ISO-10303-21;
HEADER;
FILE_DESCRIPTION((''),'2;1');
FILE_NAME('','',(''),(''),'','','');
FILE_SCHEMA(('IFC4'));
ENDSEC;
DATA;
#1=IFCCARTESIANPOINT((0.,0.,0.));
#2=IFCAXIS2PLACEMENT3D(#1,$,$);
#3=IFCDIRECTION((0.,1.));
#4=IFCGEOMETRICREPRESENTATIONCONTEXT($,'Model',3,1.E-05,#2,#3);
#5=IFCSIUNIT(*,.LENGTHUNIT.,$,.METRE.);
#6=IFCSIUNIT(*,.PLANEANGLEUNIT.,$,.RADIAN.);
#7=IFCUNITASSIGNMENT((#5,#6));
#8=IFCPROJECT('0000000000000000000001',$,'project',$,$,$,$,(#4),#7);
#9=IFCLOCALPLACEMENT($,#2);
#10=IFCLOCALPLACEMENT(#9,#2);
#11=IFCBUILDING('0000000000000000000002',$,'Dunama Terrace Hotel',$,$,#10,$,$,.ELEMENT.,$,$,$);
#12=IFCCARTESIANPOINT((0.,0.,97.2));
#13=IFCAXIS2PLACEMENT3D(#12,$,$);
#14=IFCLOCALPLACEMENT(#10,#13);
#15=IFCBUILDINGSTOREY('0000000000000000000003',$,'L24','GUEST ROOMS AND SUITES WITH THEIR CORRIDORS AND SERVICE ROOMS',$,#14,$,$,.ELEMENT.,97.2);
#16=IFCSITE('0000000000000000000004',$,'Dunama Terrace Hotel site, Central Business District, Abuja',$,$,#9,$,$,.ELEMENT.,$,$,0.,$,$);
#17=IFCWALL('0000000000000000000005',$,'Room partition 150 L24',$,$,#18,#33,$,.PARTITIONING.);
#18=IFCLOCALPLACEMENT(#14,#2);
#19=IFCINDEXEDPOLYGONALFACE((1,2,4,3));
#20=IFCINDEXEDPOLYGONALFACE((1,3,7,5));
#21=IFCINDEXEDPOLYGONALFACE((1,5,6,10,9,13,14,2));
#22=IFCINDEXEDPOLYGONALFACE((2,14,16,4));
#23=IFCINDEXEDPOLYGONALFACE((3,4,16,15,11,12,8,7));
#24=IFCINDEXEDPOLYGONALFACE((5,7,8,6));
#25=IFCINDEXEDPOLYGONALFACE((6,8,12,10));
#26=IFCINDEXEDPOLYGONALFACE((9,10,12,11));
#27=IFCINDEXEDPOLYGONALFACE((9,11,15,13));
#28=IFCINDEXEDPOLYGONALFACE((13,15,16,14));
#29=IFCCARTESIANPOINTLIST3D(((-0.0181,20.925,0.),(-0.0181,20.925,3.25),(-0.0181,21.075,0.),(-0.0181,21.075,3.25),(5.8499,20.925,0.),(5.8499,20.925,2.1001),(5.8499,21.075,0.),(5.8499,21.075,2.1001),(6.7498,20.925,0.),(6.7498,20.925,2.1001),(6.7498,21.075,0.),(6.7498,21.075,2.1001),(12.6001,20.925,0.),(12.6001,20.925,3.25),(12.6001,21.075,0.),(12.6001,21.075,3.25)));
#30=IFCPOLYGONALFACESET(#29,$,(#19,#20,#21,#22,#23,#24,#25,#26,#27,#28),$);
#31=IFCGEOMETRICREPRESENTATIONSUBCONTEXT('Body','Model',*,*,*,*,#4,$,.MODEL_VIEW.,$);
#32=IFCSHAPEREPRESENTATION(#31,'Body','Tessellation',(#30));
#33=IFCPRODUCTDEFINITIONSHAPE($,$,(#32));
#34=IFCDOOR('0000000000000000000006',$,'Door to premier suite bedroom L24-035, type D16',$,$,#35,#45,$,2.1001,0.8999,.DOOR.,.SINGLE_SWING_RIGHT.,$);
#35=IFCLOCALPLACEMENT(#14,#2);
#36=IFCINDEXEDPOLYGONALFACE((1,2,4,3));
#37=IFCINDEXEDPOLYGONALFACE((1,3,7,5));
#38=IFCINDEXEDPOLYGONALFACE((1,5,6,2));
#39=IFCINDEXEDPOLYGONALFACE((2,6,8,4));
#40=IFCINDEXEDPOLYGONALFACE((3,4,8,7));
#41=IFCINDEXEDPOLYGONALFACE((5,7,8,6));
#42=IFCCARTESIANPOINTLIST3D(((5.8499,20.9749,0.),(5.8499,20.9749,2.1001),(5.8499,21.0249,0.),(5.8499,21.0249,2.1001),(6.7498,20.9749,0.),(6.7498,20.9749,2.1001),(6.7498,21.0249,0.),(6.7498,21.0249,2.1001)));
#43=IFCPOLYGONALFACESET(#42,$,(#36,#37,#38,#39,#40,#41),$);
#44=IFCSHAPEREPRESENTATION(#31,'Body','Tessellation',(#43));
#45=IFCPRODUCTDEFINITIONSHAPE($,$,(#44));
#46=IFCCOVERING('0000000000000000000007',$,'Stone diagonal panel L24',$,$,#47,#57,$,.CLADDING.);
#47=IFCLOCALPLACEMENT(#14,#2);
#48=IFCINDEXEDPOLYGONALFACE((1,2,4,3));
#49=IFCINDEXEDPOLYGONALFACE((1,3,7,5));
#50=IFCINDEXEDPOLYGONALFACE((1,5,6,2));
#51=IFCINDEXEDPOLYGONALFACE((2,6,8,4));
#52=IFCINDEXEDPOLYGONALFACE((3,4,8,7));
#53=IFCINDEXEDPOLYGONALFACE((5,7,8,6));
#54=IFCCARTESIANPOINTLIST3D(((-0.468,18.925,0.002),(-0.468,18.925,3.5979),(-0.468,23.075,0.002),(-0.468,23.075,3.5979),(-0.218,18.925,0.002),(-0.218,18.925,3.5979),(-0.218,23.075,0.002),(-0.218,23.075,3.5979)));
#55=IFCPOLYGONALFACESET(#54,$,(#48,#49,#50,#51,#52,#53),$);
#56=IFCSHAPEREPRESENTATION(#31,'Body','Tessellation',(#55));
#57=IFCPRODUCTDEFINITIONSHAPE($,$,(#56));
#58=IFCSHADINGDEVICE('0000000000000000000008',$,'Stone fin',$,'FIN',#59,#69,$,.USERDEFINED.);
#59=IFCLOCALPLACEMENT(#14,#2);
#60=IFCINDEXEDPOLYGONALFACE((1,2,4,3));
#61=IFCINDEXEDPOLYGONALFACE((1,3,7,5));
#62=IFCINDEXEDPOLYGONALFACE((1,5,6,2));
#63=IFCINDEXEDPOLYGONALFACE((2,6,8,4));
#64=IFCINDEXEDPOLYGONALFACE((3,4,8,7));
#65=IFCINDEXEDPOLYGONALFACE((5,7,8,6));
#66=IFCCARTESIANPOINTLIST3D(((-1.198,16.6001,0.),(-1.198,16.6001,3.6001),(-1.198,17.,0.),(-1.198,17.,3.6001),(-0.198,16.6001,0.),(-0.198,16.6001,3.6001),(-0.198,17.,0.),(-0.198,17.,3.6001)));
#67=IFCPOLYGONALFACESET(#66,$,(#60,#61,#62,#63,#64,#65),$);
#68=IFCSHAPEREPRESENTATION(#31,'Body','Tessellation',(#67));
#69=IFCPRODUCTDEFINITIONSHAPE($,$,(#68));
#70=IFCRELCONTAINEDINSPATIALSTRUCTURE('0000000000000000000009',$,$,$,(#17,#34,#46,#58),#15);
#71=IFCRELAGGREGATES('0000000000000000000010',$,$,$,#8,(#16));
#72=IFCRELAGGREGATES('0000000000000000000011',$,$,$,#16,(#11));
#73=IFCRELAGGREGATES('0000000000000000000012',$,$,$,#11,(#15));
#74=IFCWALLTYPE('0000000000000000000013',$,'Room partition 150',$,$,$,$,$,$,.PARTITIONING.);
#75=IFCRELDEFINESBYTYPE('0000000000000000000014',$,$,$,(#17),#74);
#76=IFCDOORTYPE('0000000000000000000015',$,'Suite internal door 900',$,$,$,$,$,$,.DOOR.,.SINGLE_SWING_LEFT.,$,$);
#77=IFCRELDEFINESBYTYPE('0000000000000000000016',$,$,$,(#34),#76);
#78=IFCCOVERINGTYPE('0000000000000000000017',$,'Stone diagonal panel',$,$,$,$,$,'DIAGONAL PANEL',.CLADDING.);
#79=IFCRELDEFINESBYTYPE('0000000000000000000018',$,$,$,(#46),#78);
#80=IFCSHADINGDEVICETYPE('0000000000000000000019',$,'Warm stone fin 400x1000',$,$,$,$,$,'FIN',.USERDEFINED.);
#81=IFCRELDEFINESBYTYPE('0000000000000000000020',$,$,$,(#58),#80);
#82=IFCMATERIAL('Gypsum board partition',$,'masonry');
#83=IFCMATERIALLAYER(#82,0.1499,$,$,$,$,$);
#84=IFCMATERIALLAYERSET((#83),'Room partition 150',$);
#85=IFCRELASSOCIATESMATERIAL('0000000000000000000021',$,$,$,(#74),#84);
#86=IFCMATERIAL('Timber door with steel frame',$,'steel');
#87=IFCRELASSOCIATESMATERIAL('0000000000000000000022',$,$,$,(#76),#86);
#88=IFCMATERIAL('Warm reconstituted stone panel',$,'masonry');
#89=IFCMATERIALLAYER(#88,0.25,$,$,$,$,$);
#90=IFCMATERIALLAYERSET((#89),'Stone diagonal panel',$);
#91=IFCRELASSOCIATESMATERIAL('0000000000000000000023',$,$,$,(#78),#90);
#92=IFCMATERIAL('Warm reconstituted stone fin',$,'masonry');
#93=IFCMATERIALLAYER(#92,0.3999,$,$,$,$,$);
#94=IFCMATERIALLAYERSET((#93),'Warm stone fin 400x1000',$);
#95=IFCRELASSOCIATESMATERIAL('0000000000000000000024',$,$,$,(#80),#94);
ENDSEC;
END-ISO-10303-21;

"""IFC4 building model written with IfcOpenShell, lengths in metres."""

from ifc_helpers import new_model, si_unit, direction, frame, frame_2d, origin, origin_2d, place, context, subcontext, project, spatial, rectangle, extrude, material, layer, layer_set, type_object, element, fill, save


model = new_model("IFC4")

# Units and contexts
model_context = context("Model", 3, precision=1e-05, world=origin(), true_north=direction((0.0, 1.0)))
body_context = subcontext(model_context, "Body", "Model", "MODEL_VIEW")
ifc_project = project(units=[si_unit("LENGTHUNIT", "METRE"), si_unit("PLANEANGLEUNIT", "RADIAN")], contexts=[model_context])

# Site, building, storey
site_placement = place(None, origin())
site = spatial("IfcSite", under=ifc_project, at=site_placement, Name="Dunama Terrace Hotel site, Central Business District, Abuja", CompositionType="ELEMENT", RefElevation=0.0)
building_placement = place(site_placement, origin())
building = spatial("IfcBuilding", under=site, at=building_placement, Name="Dunama Terrace Hotel", CompositionType="ELEMENT")
storey_placement = place(building_placement, frame((0.0, 0.0, 97.2)))
storey = spatial("IfcBuildingStorey", under=building, at=storey_placement, Name="L24", Description="GUEST ROOMS AND SUITES WITH THEIR CORRIDORS AND SERVICE ROOMS", CompositionType="ELEMENT", Elevation=97.2)

# Shared definitions
ifc_material_1 = material(Name="Gypsum board partition", Category="masonry")
ifc_layer_1 = layer(ifc_material_1, 0.1499)
ifc_layer_set_1 = layer_set([ifc_layer_1], Name="Room partition 150")
wall_type_1 = type_object("IfcWallType", Name="Room partition 150", PredefinedType="PARTITIONING", material=ifc_layer_set_1)

# Shared definitions
ifc_material_2 = material(Name="Timber door with steel frame", Category="steel")
door_type_1 = type_object("IfcDoorType", Name="Suite internal door 900", OperationType="SINGLE_SWING_LEFT", PredefinedType="DOOR", material=ifc_material_2)

# Wall, opening, door
wall_1_placement = place(storey_placement, frame((-0.0181, 21.0, 0.0), z_axis=(0.0, 0.0, 1.0), x_axis=(1.0, 0.0, 0.0)))
wall_1 = element("IfcWall", 1, at=wall_1_placement, inside=storey, type_object=wall_type_1, Name="Room partition 150 L24", PredefinedType="PARTITIONING", context=body_context, shape_type="SweptSolid", body=[
    extrude(rectangle(XDim=12.6182, YDim=0.1499, at=frame_2d((6.3091, 0.0))), origin(), (0.0, 0.0, 1.0), 3.25),
])
opening_1_placement = place(wall_1_placement, frame((5.8679, 0.0, 0.0)))
opening_1 = element("IfcOpeningElement", 2, at=opening_1_placement, cuts=wall_1, PredefinedType="OPENING", context=body_context, shape_type="SweptSolid", body=[
    extrude(rectangle(XDim=0.8999, YDim=2.1001, at=frame_2d((0.45, 1.05))), frame((0.0, 0.085, 0.0), z_axis=(0.0, -1.0, 0.0), x_axis=(1.0, 0.0, 0.0)), (0.0, 0.0, 1.0), 0.1699),
])
door_1_placement = place(opening_1_placement, origin())
door_1 = element("IfcDoor", 3, at=door_1_placement, inside=storey, type_object=door_type_1, Name="Door to premier suite bedroom L24-035, type D16", OperationType="SINGLE_SWING_RIGHT", OverallHeight=2.1001, OverallWidth=0.8999, PredefinedType="DOOR", context=body_context, shape_type="SweptSolid", body=[
    extrude(rectangle(XDim=0.8999, YDim=2.1001, at=frame_2d((0.45, 1.05))), frame((0.0, 0.0249, 0.0), z_axis=(0.0, -1.0, 0.0), x_axis=(1.0, 0.0, 0.0)), (0.0, 0.0, 1.0), 0.05),
])
fill(opening_1, door_1)

# Covering
ifc_material_3 = material(Name="Warm reconstituted stone panel", Category="masonry")
ifc_layer_2 = layer(ifc_material_3, 0.25)
ifc_layer_set_2 = layer_set([ifc_layer_2], Name="Stone diagonal panel")
covering_type = type_object("IfcCoveringType", Name="Stone diagonal panel", ElementType="DIAGONAL PANEL", PredefinedType="CLADDING", material=ifc_layer_set_2)
covering_placement = place(storey_placement, frame((-0.343, 21.0, 0.002), z_axis=(0.0, 0.0, 1.0), x_axis=(0.0, -1.0, 0.0)))
element("IfcCovering", 4, at=covering_placement, inside=storey, type_object=covering_type, Name="Stone diagonal panel L24", PredefinedType="CLADDING", context=body_context, shape_type="SweptSolid", body=[
    extrude(rectangle(XDim=4.1499, YDim=0.25, at=origin_2d()), origin(), (0.0, 0.0, 1.0), 3.5959),
])

# Shading device
ifc_material_4 = material(Name="Warm reconstituted stone fin", Category="masonry")
ifc_layer_3 = layer(ifc_material_4, 0.3999)
ifc_layer_set_3 = layer_set([ifc_layer_3], Name="Warm stone fin 400x1000")
shading_device_type = type_object("IfcShadingDeviceType", Name="Warm stone fin 400x1000", ElementType="FIN", PredefinedType="USERDEFINED", material=ifc_layer_set_3)
shading_device_placement = place(storey_placement, frame((-0.698, 16.8, 0.0), z_axis=(0.0, 0.0, 1.0), x_axis=(0.0, -1.0, 0.0)))
element("IfcShadingDevice", 5, at=shading_device_placement, inside=storey, type_object=shading_device_type, Name="Stone fin", ObjectType="FIN", PredefinedType="USERDEFINED", context=body_context, shape_type="SweptSolid", body=[
    extrude(rectangle(XDim=0.3999, YDim=1.0, at=origin_2d()), origin(), (0.0, 0.0, 1.0), 3.6001),
])

save(model, "model.ifc")
